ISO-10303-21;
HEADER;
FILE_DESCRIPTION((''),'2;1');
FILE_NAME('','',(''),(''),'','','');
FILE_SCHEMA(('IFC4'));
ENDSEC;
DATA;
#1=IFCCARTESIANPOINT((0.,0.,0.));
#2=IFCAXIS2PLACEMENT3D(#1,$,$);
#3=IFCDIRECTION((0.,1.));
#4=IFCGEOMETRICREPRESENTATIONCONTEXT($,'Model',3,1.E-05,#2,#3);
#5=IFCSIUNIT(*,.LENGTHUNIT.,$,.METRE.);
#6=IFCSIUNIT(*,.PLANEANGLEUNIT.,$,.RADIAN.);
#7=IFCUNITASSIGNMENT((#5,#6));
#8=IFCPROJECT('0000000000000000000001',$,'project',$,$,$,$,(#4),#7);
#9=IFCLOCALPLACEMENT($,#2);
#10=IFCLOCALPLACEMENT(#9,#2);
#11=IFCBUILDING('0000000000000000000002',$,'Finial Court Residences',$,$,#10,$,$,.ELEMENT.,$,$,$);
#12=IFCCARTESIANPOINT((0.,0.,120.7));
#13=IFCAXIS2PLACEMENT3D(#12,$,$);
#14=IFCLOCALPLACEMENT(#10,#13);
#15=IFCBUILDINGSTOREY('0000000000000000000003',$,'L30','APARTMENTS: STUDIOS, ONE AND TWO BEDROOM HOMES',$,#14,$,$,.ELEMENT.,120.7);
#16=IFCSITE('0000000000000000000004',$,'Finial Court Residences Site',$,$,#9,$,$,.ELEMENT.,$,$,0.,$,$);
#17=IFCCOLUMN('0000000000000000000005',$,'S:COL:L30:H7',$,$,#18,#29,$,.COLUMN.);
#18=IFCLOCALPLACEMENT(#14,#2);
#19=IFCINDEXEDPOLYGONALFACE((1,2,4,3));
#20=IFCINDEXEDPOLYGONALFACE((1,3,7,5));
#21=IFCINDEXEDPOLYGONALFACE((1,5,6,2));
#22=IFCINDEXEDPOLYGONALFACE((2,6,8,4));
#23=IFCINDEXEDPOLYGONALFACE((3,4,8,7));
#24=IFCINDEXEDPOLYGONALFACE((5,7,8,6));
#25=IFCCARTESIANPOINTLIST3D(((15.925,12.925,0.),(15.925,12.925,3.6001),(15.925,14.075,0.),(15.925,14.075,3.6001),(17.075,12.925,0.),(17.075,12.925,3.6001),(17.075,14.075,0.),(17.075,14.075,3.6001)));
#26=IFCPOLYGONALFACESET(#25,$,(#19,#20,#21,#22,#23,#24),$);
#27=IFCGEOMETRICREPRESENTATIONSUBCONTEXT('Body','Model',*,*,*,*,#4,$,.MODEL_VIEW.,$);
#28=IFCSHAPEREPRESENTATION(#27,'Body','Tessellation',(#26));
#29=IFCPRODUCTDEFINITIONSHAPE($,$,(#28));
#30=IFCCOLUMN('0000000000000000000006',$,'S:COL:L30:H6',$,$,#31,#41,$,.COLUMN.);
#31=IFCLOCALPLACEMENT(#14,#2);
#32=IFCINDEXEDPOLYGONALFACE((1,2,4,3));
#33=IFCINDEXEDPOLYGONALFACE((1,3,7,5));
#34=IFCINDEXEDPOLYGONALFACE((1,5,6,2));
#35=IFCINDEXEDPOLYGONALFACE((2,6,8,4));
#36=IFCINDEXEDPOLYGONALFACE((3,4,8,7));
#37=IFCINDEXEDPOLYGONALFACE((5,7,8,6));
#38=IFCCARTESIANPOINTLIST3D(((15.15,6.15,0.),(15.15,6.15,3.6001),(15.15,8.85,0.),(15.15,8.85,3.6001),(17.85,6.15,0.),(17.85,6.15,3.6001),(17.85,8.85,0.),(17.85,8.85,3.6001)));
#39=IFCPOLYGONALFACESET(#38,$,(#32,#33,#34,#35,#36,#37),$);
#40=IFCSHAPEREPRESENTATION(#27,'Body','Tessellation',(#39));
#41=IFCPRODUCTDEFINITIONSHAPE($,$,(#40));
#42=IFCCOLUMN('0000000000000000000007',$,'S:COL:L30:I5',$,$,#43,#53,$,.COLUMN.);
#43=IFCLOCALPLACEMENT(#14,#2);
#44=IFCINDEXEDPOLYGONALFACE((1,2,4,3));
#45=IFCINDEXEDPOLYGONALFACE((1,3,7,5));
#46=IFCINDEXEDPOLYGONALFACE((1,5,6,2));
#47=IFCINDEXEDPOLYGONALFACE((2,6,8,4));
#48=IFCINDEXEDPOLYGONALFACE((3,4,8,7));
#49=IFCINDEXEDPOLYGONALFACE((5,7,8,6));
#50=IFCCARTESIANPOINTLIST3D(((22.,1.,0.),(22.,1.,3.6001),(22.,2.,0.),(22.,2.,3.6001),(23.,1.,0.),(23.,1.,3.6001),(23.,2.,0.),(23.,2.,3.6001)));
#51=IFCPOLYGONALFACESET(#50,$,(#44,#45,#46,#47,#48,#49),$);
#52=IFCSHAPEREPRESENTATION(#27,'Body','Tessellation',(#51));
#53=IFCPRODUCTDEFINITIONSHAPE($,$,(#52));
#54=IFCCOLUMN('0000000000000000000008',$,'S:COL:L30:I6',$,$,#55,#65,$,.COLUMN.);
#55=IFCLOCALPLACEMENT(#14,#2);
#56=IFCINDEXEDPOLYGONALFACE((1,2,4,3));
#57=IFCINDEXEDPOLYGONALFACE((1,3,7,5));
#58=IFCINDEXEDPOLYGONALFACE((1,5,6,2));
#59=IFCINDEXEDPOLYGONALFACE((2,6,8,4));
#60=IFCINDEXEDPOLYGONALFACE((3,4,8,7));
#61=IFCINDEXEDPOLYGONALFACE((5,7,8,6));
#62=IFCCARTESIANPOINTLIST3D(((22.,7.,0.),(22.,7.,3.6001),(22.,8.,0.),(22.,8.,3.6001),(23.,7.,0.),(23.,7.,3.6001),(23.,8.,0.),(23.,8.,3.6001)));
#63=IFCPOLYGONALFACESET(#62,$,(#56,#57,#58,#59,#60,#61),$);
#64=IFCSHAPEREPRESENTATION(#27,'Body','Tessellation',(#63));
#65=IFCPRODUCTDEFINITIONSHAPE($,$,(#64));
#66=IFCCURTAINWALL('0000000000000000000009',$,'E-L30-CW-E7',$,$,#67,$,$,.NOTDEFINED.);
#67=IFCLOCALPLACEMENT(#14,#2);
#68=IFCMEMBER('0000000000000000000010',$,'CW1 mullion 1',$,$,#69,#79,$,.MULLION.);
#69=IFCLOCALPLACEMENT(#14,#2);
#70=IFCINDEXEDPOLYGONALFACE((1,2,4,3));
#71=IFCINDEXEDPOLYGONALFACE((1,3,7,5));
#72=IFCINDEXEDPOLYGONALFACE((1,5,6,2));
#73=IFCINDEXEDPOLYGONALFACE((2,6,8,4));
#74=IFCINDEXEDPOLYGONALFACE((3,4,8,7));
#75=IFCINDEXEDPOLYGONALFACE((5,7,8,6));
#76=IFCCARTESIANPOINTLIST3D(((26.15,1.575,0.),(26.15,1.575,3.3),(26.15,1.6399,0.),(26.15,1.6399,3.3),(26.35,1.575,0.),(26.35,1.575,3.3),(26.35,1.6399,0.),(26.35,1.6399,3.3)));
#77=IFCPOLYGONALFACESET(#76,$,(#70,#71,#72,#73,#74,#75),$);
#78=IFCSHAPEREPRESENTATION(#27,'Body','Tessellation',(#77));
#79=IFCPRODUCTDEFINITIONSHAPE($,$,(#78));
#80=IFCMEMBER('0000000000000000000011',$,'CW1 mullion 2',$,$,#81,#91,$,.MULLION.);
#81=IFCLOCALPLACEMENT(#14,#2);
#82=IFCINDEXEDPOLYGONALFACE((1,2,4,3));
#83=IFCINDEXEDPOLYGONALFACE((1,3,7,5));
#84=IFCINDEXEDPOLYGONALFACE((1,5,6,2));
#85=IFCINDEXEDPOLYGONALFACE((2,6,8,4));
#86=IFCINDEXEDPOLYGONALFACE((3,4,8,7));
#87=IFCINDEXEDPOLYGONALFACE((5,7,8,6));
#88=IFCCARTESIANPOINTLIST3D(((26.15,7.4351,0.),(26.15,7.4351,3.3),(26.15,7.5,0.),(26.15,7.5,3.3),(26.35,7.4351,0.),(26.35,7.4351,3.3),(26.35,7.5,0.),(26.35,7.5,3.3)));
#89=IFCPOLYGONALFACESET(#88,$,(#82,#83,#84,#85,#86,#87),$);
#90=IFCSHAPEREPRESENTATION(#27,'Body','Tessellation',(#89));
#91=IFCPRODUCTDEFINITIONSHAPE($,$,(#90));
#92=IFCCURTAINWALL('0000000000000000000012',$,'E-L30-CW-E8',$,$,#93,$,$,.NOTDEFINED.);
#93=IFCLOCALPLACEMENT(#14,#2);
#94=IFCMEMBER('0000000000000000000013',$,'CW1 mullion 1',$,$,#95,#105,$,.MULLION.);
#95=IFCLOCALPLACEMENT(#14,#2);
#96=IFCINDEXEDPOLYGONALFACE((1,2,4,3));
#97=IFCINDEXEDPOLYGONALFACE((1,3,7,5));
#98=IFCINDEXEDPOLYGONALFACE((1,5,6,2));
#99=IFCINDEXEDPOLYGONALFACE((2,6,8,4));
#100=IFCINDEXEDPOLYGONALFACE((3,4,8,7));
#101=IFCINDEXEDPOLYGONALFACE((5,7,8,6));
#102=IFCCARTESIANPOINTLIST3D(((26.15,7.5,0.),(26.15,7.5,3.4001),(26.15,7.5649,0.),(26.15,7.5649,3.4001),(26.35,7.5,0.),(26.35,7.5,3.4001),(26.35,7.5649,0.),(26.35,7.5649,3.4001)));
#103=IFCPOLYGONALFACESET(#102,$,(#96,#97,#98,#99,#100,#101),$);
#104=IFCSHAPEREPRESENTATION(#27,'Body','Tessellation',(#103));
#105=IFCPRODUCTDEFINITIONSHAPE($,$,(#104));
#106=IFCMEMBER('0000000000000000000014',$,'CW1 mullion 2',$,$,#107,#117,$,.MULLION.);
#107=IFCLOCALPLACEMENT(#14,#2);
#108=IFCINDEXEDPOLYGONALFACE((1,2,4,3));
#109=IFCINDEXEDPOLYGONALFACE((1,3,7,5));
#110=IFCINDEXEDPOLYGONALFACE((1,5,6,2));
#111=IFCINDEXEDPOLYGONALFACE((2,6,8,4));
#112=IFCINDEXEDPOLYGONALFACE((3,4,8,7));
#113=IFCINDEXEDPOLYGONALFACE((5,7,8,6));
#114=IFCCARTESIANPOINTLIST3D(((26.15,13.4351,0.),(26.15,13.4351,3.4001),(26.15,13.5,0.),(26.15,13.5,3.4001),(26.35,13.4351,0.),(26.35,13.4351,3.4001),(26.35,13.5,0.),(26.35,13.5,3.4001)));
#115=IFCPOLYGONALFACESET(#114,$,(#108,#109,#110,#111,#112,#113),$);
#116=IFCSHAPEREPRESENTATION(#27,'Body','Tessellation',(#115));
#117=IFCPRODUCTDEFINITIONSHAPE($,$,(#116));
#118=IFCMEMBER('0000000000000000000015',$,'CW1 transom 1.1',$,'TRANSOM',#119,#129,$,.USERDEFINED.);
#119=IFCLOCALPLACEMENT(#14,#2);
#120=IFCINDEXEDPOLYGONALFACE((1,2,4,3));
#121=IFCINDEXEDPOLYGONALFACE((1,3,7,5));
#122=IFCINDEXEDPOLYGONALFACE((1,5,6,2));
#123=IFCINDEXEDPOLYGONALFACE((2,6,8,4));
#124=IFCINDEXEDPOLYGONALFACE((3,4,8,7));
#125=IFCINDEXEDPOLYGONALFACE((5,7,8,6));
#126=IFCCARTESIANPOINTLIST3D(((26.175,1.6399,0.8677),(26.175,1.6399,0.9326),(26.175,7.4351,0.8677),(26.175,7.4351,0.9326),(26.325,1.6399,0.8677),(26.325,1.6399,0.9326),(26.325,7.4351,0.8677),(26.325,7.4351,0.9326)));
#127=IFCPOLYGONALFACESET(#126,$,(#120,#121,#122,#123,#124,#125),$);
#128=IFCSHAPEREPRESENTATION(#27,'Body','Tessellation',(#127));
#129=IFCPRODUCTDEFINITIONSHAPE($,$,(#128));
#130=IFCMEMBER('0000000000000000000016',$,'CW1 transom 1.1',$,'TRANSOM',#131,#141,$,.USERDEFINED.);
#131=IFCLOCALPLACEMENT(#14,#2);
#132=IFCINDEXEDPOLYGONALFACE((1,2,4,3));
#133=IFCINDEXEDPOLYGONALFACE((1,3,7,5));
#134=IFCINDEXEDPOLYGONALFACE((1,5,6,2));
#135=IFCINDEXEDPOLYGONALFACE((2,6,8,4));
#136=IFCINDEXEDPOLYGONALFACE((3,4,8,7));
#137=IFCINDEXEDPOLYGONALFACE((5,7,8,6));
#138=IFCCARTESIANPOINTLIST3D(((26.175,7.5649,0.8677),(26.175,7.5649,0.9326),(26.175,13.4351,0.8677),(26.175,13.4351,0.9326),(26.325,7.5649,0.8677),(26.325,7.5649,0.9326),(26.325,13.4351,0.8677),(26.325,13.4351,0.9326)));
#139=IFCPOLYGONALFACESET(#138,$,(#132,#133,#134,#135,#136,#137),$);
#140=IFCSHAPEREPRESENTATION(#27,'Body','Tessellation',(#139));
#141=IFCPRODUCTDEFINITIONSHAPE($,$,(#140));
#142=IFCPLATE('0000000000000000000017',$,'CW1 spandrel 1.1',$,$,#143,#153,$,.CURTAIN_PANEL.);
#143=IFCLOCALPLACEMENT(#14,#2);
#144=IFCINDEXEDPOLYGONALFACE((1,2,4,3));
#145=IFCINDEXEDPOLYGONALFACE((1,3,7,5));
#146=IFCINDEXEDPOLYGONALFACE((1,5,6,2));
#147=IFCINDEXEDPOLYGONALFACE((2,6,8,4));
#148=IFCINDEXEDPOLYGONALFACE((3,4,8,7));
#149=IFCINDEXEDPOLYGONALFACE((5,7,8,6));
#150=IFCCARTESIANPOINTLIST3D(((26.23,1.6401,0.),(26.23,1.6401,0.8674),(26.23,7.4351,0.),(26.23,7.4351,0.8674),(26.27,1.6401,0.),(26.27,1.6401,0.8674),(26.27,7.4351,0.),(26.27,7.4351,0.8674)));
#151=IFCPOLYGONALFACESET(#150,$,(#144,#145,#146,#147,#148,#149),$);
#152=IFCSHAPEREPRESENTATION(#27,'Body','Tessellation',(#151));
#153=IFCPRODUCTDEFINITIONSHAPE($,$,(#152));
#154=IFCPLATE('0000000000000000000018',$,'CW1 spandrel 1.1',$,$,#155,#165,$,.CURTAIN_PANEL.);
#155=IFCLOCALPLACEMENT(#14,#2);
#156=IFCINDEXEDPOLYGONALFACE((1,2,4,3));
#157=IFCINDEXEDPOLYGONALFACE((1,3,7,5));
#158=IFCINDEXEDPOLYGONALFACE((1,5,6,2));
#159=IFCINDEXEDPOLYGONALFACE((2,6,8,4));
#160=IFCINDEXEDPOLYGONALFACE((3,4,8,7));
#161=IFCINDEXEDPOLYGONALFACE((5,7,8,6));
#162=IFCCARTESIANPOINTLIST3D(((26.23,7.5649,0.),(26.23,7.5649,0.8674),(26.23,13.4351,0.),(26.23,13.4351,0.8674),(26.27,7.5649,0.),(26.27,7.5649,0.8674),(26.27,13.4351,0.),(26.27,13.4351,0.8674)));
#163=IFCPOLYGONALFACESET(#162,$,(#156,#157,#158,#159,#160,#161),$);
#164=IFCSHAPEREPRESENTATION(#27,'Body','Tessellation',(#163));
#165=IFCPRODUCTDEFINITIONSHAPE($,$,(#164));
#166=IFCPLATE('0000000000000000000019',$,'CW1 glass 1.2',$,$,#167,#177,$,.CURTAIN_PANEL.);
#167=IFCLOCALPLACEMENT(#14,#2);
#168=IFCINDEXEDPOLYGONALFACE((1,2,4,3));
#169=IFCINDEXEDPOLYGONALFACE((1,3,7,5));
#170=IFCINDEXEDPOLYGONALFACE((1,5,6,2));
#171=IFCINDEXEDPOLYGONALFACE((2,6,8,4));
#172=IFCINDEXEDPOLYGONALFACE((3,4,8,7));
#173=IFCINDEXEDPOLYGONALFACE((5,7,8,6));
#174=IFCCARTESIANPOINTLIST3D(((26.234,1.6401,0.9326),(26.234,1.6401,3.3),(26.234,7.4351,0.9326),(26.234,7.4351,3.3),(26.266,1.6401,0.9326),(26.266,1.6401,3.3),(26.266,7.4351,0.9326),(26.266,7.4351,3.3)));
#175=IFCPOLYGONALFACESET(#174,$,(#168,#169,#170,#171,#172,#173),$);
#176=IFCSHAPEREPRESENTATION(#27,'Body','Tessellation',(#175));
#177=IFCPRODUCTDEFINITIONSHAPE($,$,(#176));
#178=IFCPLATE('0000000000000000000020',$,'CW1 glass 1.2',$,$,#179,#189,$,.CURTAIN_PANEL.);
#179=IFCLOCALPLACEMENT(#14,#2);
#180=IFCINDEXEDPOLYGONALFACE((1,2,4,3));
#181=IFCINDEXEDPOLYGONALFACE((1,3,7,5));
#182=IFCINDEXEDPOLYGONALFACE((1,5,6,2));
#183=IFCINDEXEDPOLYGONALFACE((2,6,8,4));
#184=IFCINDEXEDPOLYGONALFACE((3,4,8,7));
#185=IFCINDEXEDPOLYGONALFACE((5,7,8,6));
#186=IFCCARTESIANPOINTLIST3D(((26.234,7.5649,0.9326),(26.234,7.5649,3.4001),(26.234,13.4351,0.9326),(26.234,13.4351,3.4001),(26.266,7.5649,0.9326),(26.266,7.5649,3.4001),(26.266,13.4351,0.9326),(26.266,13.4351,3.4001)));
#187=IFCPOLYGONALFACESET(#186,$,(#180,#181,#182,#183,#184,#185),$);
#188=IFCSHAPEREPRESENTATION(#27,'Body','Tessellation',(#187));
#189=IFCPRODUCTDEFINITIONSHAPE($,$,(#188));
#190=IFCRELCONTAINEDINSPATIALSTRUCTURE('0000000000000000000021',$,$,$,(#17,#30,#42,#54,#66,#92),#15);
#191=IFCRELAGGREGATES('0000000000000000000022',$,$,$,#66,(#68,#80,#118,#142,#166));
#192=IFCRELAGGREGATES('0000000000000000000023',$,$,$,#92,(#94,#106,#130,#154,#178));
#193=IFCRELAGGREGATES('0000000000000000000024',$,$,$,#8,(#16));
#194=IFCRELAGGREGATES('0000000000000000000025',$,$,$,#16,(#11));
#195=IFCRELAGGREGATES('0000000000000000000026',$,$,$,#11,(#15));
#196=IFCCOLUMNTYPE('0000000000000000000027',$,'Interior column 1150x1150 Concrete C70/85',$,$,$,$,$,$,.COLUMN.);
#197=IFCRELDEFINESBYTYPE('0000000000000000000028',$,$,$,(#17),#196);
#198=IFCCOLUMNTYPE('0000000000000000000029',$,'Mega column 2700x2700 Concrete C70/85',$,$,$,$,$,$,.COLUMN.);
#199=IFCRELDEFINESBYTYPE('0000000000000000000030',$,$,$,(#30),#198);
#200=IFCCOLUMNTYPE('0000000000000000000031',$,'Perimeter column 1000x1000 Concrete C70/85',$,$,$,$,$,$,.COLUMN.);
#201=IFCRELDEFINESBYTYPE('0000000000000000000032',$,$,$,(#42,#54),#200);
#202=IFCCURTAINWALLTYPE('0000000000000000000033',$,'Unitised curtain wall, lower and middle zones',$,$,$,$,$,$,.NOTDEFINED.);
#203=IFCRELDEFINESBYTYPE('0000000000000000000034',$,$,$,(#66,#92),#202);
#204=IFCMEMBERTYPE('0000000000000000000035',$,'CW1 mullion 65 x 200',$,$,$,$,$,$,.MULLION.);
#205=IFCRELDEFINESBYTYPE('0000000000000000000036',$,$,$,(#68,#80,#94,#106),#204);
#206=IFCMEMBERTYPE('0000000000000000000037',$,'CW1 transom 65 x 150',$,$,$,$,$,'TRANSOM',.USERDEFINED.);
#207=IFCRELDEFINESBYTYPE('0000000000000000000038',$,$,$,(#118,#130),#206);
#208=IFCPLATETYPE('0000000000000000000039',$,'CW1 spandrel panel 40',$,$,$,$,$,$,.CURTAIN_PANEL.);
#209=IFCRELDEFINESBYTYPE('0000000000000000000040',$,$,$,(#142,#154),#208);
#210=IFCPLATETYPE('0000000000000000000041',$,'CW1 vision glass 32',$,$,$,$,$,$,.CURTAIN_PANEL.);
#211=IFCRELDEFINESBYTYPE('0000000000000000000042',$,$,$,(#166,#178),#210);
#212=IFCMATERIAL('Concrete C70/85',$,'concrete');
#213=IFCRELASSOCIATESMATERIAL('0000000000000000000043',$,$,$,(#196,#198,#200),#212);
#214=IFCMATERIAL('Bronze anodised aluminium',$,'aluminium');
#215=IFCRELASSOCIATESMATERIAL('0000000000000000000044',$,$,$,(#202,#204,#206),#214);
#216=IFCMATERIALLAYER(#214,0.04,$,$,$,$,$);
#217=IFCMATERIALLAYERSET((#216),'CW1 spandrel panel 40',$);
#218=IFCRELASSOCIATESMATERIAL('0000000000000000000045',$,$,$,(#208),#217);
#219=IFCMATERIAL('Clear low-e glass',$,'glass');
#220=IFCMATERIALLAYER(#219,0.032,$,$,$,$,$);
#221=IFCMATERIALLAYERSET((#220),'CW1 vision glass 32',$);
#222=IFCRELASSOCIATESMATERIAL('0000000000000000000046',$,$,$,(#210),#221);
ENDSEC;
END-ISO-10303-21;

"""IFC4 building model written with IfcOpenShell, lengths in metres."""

from ifc_helpers import new_model, si_unit, direction, frame, origin, origin_2d, place, context, subcontext, project, spatial, rectangle, extrude, material, layer, layer_set, material_profile, profile_set, type_object, element, aggregate, save


model = new_model("IFC4")

# Units and contexts
model_context = context("Model", 3, precision=1e-05, world=origin(), true_north=direction((0.0, 1.0)))
body_context = subcontext(model_context, "Body", "Model", "MODEL_VIEW")
ifc_project = project(units=[si_unit("LENGTHUNIT", "METRE"), si_unit("PLANEANGLEUNIT", "RADIAN")], contexts=[model_context])

# Site, building, storey
site_placement = place(None, origin())
site = spatial("IfcSite", under=ifc_project, at=site_placement, Name="Finial Court Residences Site", CompositionType="ELEMENT", RefElevation=0.0)
building_placement = place(site_placement, origin())
building = spatial("IfcBuilding", under=site, at=building_placement, Name="Finial Court Residences", CompositionType="ELEMENT")
storey_placement = place(building_placement, frame((0.0, 0.0, 120.7)))
storey = spatial("IfcBuildingStorey", under=building, at=storey_placement, Name="L30", Description="APARTMENTS: STUDIOS, ONE AND TWO BEDROOM HOMES", CompositionType="ELEMENT", Elevation=120.7)

# Columns
ifc_material_1 = material(Name="Concrete C70/85", Category="concrete")
ifc_material_profile_1 = material_profile(ifc_material_1, rectangle(XDim=1.1499, YDim=1.1499, at=origin_2d()), Name="1150x1150")
ifc_profile_set_1 = profile_set([ifc_material_profile_1], Name="Concrete C70/85")
column_type_1 = type_object("IfcColumnType", Name="Interior column 1150x1150 Concrete C70/85", PredefinedType="COLUMN", material=ifc_profile_set_1)
column_1_placement = place(storey_placement, frame((16.5, 13.5, 0.0), z_axis=(0.0, 0.0, 1.0), x_axis=(1.0, 0.0, 0.0)))
element("IfcColumn", 1, at=column_1_placement, inside=storey, type_object=column_type_1, Name="S:COL:L30:H7", PredefinedType="COLUMN", context=body_context, shape_type="SweptSolid", body=[
    extrude(rectangle(XDim=1.1499, YDim=1.1499, at=origin_2d()), origin(), (0.0, 0.0, 1.0), 3.6001),
])
ifc_material_profile_2 = material_profile(ifc_material_1, rectangle(XDim=2.7, YDim=2.7, at=origin_2d()), Name="2700x2700")
ifc_profile_set_2 = profile_set([ifc_material_profile_2], Name="Concrete C70/85")
column_type_2 = type_object("IfcColumnType", Name="Mega column 2700x2700 Concrete C70/85", PredefinedType="COLUMN", material=ifc_profile_set_2)
column_2_placement = place(storey_placement, frame((16.5, 7.5, 0.0), z_axis=(0.0, 0.0, 1.0), x_axis=(1.0, 0.0, 0.0)))
element("IfcColumn", 2, at=column_2_placement, inside=storey, type_object=column_type_2, Name="S:COL:L30:H6", PredefinedType="COLUMN", context=body_context, shape_type="SweptSolid", body=[
    extrude(rectangle(XDim=2.7, YDim=2.7, at=origin_2d()), origin(), (0.0, 0.0, 1.0), 3.6001),
])
ifc_material_profile_3 = material_profile(ifc_material_1, rectangle(XDim=1.0, YDim=1.0, at=origin_2d()), Name="1000x1000")
ifc_profile_set_3 = profile_set([ifc_material_profile_3], Name="Concrete C70/85")
column_type_3 = type_object("IfcColumnType", Name="Perimeter column 1000x1000 Concrete C70/85", PredefinedType="COLUMN", material=ifc_profile_set_3)
for number, where, z_axis, x_axis, name in (
    (3, (22.5, 1.5, 0.0), (0.0, 0.0, 1.0), (1.0, 0.0, 0.0), "S:COL:L30:I5"),
    (4, (22.5, 7.5, 0.0), (0.0, 0.0, 1.0), (1.0, 0.0, 0.0), "S:COL:L30:I6"),
):
    element("IfcColumn", number, at=place(storey_placement, frame(where, z_axis=z_axis, x_axis=x_axis)), inside=storey, type_object=column_type_3, Name=name, PredefinedType="COLUMN", context=body_context, shape_type="SweptSolid", body=[
        extrude(rectangle(XDim=1.0, YDim=1.0, at=origin_2d()), origin(), (0.0, 0.0, 1.0), 3.6001),
    ])

# Curtain walls, members
ifc_material_2 = material(Name="Bronze anodised aluminium", Category="aluminium")
curtain_wall_type = type_object("IfcCurtainWallType", Name="Unitised curtain wall, lower and middle zones", PredefinedType="NOTDEFINED", material=ifc_material_2)
curtain_wall_1_placement = place(storey_placement, origin())
curtain_wall_1 = element("IfcCurtainWall", 5, at=curtain_wall_1_placement, inside=storey, type_object=curtain_wall_type, Name="E-L30-CW-E7", PredefinedType="NOTDEFINED")
ifc_material_profile_4 = material_profile(ifc_material_2, rectangle(XDim=0.2, YDim=0.0649, at=origin_2d()), Name="CW1 mullion 65 x 200")
ifc_profile_set_4 = profile_set([ifc_material_profile_4], Name="Bronze anodised aluminium")
member_type_1 = type_object("IfcMemberType", Name="CW1 mullion 65 x 200", PredefinedType="MULLION", material=ifc_profile_set_4)
member_1_placement = place(storey_placement, frame((26.25, 1.6074, 0.0), z_axis=(0.0, 0.0, 1.0), x_axis=(-1.0, 0.0, 0.0)))
member_1 = element("IfcMember", 6, at=member_1_placement, type_object=member_type_1, Name="CW1 mullion 1", PredefinedType="MULLION", context=body_context, shape_type="SweptSolid", body=[
    extrude(rectangle(XDim=0.2, YDim=0.0649, at=origin_2d()), origin(), (0.0, 0.0, 1.0), 3.3),
])
member_2_placement = place(storey_placement, frame((26.25, 7.4675, 0.0), z_axis=(0.0, 0.0, 1.0), x_axis=(-1.0, 0.0, 0.0)))
member_2 = element("IfcMember", 7, at=member_2_placement, type_object=member_type_1, Name="CW1 mullion 2", PredefinedType="MULLION", context=body_context, shape_type="SweptSolid", body=[
    extrude(rectangle(XDim=0.2, YDim=0.0649, at=origin_2d()), origin(), (0.0, 0.0, 1.0), 3.3),
])
curtain_wall_2_placement = place(storey_placement, origin())
curtain_wall_2 = element("IfcCurtainWall", 8, at=curtain_wall_2_placement, inside=storey, type_object=curtain_wall_type, Name="E-L30-CW-E8", PredefinedType="NOTDEFINED")
member_3_placement = place(storey_placement, frame((26.25, 7.5325, 0.0), z_axis=(0.0, 0.0, 1.0), x_axis=(-1.0, 0.0, 0.0)))
member_3 = element("IfcMember", 9, at=member_3_placement, type_object=member_type_1, Name="CW1 mullion 1", PredefinedType="MULLION", context=body_context, shape_type="SweptSolid", body=[
    extrude(rectangle(XDim=0.2, YDim=0.0649, at=origin_2d()), origin(), (0.0, 0.0, 1.0), 3.4001),
])
member_4_placement = place(storey_placement, frame((26.25, 13.4675, 0.0), z_axis=(0.0, 0.0, 1.0), x_axis=(-1.0, 0.0, 0.0)))
member_4 = element("IfcMember", 10, at=member_4_placement, type_object=member_type_1, Name="CW1 mullion 2", PredefinedType="MULLION", context=body_context, shape_type="SweptSolid", body=[
    extrude(rectangle(XDim=0.2, YDim=0.0649, at=origin_2d()), origin(), (0.0, 0.0, 1.0), 3.4001),
])

# Members
ifc_material_profile_5 = material_profile(ifc_material_2, rectangle(XDim=0.1499, YDim=0.0649, at=origin_2d()), Name="CW1 transom 65 x 150")
ifc_profile_set_5 = profile_set([ifc_material_profile_5], Name="Bronze anodised aluminium")
member_type_2 = type_object("IfcMemberType", Name="CW1 transom 65 x 150", ElementType="TRANSOM", PredefinedType="USERDEFINED", material=ifc_profile_set_5)
member_5_placement = place(storey_placement, frame((26.25, 1.6399, 0.9001), z_axis=(0.0, 1.0, 0.0), x_axis=(-1.0, 0.0, 0.0)))
member_5 = element("IfcMember", 11, at=member_5_placement, type_object=member_type_2, Name="CW1 transom 1.1", ObjectType="TRANSOM", PredefinedType="USERDEFINED", context=body_context, shape_type="SweptSolid", body=[
    extrude(rectangle(XDim=0.1499, YDim=0.0649, at=origin_2d()), origin(), (0.0, 0.0, 1.0), 5.7952),
])
member_6_placement = place(storey_placement, frame((26.25, 7.5649, 0.9001), z_axis=(0.0, 1.0, 0.0), x_axis=(-1.0, 0.0, 0.0)))
member_6 = element("IfcMember", 12, at=member_6_placement, type_object=member_type_2, Name="CW1 transom 1.1", ObjectType="TRANSOM", PredefinedType="USERDEFINED", context=body_context, shape_type="SweptSolid", body=[
    extrude(rectangle(XDim=0.1499, YDim=0.0649, at=origin_2d()), origin(), (0.0, 0.0, 1.0), 5.8701),
])

# Plates
ifc_layer_1 = layer(ifc_material_2, 0.04)
ifc_layer_set_1 = layer_set([ifc_layer_1], Name="CW1 spandrel panel 40")
plate_type_1 = type_object("IfcPlateType", Name="CW1 spandrel panel 40", PredefinedType="CURTAIN_PANEL", material=ifc_layer_set_1)
plate_1_placement = place(storey_placement, frame((26.25, 4.5376, 0.0), z_axis=(0.0, 0.0, 1.0), x_axis=(0.0, 1.0, 0.0)))
plate_1 = element("IfcPlate", 13, at=plate_1_placement, type_object=plate_type_1, Name="CW1 spandrel 1.1", PredefinedType="CURTAIN_PANEL", context=body_context, shape_type="SweptSolid", body=[
    extrude(rectangle(XDim=5.7949, YDim=0.04, at=origin_2d()), origin(), (0.0, 0.0, 1.0), 0.8674),
])
plate_2_placement = place(storey_placement, frame((26.25, 10.5, 0.0), z_axis=(0.0, 0.0, 1.0), x_axis=(0.0, 1.0, 0.0)))
plate_2 = element("IfcPlate", 14, at=plate_2_placement, type_object=plate_type_1, Name="CW1 spandrel 1.1", PredefinedType="CURTAIN_PANEL", context=body_context, shape_type="SweptSolid", body=[
    extrude(rectangle(XDim=5.8701, YDim=0.04, at=origin_2d()), origin(), (0.0, 0.0, 1.0), 0.8674),
])
ifc_material_3 = material(Name="Clear low-e glass", Category="glass")
ifc_layer_2 = layer(ifc_material_3, 0.032)
ifc_layer_set_2 = layer_set([ifc_layer_2], Name="CW1 vision glass 32")
plate_type_2 = type_object("IfcPlateType", Name="CW1 vision glass 32", PredefinedType="CURTAIN_PANEL", material=ifc_layer_set_2)
plate_3_placement = place(storey_placement, frame((26.25, 4.5376, 0.9326), z_axis=(0.0, 0.0, 1.0), x_axis=(0.0, 1.0, 0.0)))
plate_3 = element("IfcPlate", 15, at=plate_3_placement, type_object=plate_type_2, Name="CW1 glass 1.2", PredefinedType="CURTAIN_PANEL", context=body_context, shape_type="SweptSolid", body=[
    extrude(rectangle(XDim=5.7949, YDim=0.032, at=origin_2d()), origin(), (0.0, 0.0, 1.0), 2.3674),
])
aggregate(curtain_wall_1, [member_1, member_2, member_5, plate_1, plate_3])
plate_4_placement = place(storey_placement, frame((26.25, 10.5, 0.9326), z_axis=(0.0, 0.0, 1.0), x_axis=(0.0, 1.0, 0.0)))
plate_4 = element("IfcPlate", 16, at=plate_4_placement, type_object=plate_type_2, Name="CW1 glass 1.2", PredefinedType="CURTAIN_PANEL", context=body_context, shape_type="SweptSolid", body=[
    extrude(rectangle(XDim=5.8701, YDim=0.032, at=origin_2d()), origin(), (0.0, 0.0, 1.0), 2.4675),
])
aggregate(curtain_wall_2, [member_3, member_4, member_6, plate_2, plate_4])

save(model, "model.ifc")
